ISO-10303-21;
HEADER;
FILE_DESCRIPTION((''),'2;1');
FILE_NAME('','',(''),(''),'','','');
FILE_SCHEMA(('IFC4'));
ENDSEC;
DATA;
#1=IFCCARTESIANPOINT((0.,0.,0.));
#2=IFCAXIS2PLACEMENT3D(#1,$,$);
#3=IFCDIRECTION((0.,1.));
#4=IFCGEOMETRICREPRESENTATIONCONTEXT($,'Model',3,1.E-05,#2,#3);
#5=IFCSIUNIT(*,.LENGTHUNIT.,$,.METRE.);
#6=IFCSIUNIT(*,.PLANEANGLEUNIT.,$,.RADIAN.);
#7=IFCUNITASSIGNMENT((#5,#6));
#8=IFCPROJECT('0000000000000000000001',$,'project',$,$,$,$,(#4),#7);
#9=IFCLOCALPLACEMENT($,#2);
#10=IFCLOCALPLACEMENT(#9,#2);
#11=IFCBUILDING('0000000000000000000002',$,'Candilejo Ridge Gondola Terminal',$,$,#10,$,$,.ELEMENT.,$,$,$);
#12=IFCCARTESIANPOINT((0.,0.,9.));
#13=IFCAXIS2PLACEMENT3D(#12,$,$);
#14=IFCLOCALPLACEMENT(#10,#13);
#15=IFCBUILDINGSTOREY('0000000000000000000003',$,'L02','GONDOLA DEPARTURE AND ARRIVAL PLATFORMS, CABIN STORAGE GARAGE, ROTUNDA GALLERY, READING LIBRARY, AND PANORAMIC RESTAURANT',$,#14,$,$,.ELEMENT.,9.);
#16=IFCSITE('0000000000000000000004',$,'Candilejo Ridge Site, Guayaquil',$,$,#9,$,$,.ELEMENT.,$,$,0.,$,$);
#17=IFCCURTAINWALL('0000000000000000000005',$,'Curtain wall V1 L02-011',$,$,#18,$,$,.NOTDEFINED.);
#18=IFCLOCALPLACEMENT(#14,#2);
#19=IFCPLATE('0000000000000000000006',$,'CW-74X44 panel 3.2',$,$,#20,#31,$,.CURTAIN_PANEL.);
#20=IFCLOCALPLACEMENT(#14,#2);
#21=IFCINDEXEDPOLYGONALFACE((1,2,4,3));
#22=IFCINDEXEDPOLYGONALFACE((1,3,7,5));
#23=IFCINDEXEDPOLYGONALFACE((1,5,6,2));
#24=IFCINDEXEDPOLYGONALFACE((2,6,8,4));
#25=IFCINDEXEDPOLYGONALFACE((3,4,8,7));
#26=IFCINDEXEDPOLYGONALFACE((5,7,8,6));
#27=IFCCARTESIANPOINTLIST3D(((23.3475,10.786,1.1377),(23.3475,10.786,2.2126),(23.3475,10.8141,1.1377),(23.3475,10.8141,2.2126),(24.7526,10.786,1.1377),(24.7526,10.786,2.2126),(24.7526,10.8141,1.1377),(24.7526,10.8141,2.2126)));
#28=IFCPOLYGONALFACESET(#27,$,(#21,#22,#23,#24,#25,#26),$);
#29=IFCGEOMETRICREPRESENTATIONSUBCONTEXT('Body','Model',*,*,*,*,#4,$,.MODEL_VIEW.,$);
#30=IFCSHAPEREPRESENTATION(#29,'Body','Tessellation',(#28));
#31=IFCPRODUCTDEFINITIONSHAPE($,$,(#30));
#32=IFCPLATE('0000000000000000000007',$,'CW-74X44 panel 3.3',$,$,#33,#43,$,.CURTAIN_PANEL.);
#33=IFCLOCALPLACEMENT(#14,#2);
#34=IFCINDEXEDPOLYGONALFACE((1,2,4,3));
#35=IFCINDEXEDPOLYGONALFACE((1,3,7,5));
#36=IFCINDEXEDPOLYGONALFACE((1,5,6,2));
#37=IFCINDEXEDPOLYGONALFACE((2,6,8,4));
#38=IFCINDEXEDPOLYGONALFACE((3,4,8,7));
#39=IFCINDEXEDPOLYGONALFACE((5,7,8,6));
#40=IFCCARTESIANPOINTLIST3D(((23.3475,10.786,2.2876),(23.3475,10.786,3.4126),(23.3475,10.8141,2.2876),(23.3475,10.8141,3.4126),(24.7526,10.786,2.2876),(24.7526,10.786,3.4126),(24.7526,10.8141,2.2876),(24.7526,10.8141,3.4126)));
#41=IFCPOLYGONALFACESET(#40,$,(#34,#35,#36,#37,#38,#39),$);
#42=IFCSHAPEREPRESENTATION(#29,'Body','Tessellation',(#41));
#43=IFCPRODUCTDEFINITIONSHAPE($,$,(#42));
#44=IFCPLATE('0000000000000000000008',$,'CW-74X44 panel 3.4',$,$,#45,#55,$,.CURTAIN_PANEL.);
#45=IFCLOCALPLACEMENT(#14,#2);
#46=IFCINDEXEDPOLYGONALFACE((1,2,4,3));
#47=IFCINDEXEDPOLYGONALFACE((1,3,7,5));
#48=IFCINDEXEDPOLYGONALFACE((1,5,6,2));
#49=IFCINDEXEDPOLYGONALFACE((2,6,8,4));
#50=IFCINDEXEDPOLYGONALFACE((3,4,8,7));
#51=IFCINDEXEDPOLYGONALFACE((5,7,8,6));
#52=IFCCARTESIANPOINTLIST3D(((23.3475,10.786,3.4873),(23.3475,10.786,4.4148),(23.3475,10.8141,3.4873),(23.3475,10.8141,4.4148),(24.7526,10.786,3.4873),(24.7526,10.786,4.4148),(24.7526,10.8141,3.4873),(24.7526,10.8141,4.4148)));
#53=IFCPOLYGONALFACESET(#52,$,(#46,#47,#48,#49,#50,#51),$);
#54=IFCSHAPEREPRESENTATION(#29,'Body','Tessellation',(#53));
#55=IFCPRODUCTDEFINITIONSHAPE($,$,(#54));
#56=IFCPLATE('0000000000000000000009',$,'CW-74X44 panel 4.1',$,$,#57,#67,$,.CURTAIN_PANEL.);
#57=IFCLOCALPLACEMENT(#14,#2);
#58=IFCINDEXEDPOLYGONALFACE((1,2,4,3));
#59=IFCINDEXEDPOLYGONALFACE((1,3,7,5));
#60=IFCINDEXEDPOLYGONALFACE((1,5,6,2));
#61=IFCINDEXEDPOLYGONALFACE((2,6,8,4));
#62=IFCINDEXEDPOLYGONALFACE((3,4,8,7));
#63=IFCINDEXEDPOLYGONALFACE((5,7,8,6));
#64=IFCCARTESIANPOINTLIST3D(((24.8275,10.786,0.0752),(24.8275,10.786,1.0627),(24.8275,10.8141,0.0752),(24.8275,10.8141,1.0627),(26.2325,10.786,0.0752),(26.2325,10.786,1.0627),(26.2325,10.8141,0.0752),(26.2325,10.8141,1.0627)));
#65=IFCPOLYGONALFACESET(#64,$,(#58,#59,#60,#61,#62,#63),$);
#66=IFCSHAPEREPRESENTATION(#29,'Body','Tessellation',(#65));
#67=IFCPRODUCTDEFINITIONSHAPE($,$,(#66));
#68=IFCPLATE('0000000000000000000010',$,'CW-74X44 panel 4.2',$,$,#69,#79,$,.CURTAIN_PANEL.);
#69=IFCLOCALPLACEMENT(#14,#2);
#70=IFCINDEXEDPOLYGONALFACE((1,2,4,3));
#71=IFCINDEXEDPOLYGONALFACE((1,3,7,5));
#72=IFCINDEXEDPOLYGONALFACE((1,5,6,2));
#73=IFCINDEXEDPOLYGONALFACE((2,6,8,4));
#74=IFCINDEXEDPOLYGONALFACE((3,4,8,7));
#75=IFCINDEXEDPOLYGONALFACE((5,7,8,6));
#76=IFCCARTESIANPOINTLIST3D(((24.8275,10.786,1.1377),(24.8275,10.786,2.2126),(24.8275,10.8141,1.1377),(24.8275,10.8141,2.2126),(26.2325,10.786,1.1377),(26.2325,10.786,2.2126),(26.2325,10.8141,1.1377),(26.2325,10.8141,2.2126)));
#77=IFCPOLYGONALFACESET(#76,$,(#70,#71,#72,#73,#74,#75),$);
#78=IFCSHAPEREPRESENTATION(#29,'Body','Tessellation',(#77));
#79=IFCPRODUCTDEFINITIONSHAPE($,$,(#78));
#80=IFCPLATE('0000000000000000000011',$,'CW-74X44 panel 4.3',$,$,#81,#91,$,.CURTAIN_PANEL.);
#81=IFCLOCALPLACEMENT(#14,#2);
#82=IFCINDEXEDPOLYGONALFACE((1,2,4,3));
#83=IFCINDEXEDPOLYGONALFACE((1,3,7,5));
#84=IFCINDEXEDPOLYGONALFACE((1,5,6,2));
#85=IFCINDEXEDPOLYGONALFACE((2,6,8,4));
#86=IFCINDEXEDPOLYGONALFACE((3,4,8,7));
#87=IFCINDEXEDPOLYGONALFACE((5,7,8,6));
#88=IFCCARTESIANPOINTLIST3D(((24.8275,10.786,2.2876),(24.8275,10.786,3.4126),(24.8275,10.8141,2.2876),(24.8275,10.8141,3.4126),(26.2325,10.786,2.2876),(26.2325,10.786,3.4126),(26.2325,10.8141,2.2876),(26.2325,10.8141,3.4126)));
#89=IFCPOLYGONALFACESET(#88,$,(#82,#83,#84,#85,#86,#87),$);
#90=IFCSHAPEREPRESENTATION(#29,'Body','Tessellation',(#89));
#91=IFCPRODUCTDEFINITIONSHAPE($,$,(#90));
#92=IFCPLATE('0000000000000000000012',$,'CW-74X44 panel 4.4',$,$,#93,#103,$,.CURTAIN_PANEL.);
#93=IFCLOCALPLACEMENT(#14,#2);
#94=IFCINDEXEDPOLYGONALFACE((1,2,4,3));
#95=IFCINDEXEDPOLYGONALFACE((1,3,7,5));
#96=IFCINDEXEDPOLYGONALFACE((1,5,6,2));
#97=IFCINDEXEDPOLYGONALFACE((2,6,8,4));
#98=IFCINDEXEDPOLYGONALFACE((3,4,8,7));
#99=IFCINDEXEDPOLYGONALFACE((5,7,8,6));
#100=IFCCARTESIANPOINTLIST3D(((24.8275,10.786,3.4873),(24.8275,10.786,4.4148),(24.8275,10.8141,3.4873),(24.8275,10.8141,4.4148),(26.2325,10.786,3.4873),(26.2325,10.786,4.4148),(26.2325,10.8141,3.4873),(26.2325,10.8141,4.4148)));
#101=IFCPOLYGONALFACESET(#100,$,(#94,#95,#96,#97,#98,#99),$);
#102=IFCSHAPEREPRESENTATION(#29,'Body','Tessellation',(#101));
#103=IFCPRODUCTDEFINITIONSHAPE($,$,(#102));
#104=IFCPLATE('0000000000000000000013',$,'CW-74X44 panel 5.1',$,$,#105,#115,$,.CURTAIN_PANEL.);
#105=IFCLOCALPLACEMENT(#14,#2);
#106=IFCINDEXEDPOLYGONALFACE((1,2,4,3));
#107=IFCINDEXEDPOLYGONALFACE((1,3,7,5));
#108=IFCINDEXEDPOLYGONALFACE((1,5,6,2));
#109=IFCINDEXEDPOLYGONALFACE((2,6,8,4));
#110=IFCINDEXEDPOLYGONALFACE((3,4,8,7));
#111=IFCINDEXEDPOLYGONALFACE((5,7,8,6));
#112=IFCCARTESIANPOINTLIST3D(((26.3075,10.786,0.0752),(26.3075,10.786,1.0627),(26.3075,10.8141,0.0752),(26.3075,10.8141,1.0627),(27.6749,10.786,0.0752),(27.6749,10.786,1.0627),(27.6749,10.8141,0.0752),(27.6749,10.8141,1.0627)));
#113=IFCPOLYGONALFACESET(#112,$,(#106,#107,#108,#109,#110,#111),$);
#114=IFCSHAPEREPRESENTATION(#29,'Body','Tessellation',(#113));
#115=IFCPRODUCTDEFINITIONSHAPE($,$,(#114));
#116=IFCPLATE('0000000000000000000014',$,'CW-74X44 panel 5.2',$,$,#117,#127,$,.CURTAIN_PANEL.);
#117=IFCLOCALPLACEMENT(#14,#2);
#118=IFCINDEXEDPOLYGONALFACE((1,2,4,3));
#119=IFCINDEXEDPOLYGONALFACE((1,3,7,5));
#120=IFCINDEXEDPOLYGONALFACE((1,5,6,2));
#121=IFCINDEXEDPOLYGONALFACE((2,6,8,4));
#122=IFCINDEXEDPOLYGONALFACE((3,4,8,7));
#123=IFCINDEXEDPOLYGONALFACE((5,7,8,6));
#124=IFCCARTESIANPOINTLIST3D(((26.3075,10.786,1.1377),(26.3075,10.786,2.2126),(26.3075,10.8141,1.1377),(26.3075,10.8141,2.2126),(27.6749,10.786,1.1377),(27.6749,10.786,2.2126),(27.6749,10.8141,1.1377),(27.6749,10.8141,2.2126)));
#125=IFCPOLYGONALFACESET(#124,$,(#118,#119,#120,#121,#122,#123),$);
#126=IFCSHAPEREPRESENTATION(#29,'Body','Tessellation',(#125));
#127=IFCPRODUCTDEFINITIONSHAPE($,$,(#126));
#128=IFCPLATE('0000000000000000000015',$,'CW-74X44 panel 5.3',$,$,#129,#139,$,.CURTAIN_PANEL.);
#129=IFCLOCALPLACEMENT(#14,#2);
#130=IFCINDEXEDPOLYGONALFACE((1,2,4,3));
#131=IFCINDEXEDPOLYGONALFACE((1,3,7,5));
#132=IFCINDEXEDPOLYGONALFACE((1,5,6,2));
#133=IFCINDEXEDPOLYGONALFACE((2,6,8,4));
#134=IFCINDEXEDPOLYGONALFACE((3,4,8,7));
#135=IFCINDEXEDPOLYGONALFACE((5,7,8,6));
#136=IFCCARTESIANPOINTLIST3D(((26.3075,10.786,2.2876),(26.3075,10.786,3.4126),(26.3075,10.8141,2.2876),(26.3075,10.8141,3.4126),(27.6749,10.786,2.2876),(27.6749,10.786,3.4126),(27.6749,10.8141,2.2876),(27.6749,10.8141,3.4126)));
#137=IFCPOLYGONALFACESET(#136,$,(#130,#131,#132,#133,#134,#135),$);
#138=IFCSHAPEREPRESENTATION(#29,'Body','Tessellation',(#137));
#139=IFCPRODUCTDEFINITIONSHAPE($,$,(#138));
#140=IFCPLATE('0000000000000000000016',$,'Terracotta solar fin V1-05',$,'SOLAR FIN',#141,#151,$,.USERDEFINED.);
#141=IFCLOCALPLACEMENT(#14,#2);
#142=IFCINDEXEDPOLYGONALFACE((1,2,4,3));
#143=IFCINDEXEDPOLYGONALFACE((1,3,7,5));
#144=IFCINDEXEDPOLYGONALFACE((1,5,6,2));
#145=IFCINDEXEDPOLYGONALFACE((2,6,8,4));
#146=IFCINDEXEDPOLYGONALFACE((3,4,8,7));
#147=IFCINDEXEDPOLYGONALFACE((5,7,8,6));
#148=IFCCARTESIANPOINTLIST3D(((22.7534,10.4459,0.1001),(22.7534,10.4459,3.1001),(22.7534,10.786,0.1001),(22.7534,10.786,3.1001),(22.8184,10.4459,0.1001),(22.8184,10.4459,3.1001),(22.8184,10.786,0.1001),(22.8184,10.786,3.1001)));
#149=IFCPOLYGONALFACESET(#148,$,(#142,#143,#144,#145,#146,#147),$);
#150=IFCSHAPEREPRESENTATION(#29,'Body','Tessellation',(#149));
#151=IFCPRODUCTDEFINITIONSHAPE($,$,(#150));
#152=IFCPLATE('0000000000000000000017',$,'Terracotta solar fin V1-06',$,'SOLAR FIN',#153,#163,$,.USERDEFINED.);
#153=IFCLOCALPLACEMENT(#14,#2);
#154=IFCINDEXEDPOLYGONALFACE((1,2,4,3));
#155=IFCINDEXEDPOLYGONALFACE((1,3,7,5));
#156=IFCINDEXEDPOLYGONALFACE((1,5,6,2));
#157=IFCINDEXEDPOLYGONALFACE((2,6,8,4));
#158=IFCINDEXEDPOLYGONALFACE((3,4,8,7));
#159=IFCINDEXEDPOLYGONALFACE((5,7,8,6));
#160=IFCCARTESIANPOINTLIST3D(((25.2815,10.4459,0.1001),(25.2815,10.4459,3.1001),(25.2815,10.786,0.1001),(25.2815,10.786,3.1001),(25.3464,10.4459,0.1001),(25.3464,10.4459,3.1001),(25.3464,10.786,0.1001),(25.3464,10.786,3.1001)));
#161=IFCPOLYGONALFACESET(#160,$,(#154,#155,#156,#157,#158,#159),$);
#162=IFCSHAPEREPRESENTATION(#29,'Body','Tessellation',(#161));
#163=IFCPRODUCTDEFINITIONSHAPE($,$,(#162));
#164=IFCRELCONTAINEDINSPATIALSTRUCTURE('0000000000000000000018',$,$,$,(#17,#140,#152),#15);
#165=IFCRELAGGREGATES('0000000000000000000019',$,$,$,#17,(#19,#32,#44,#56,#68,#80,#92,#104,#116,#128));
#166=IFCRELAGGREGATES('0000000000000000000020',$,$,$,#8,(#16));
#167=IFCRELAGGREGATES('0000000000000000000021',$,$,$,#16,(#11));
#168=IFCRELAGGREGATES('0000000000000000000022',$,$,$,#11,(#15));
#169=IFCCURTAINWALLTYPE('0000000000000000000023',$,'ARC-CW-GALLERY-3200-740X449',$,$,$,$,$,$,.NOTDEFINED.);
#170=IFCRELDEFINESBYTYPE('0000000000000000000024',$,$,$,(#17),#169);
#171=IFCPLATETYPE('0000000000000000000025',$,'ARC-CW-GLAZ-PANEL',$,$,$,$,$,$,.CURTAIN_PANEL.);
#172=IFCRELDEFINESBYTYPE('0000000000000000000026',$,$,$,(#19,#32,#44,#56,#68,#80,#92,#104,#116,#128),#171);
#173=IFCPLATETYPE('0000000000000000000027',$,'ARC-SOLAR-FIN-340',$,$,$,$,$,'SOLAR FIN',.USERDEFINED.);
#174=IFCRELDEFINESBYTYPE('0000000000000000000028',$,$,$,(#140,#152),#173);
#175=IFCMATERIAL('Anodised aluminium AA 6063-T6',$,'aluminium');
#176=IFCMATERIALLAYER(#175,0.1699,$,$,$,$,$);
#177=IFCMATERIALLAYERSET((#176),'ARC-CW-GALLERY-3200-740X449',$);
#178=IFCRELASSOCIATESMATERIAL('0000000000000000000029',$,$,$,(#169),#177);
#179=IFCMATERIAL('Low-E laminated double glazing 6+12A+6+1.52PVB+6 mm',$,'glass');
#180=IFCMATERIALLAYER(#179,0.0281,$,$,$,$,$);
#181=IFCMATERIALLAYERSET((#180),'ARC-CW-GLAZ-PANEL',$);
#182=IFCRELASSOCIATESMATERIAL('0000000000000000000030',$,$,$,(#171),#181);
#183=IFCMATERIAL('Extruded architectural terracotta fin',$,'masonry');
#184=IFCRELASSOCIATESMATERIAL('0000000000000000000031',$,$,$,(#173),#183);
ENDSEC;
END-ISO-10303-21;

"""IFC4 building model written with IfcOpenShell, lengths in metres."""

from ifc_helpers import new_model, si_unit, direction, frame, origin, origin_2d, place, context, subcontext, project, spatial, rectangle, extrude, material, layer, layer_set, type_object, element, aggregate, save


model = new_model("IFC4")

# Units and contexts
model_context = context("Model", 3, precision=1e-05, world=origin(), true_north=direction((0.0, 1.0)))
body_context = subcontext(model_context, "Body", "Model", "MODEL_VIEW")
ifc_project = project(units=[si_unit("LENGTHUNIT", "METRE"), si_unit("PLANEANGLEUNIT", "RADIAN")], contexts=[model_context])

# Site, building, storey
site_placement = place(None, origin())
site = spatial("IfcSite", under=ifc_project, at=site_placement, Name="Candilejo Ridge Site, Guayaquil", CompositionType="ELEMENT", RefElevation=0.0)
building_placement = place(site_placement, origin())
building = spatial("IfcBuilding", under=site, at=building_placement, Name="Candilejo Ridge Gondola Terminal", CompositionType="ELEMENT")
storey_placement = place(building_placement, frame((0.0, 0.0, 9.0)))
storey = spatial("IfcBuildingStorey", under=building, at=storey_placement, Name="L02", Description="GONDOLA DEPARTURE AND ARRIVAL PLATFORMS, CABIN STORAGE GARAGE, ROTUNDA GALLERY, READING LIBRARY, AND PANORAMIC RESTAURANT", CompositionType="ELEMENT", Elevation=9.0)

# Curtain wall, plates
ifc_material_1 = material(Name="Anodised aluminium AA 6063-T6", Category="aluminium")
ifc_layer_1 = layer(ifc_material_1, 0.1699)
ifc_layer_set_1 = layer_set([ifc_layer_1], Name="ARC-CW-GALLERY-3200-740X449")
curtain_wall_type = type_object("IfcCurtainWallType", Name="ARC-CW-GALLERY-3200-740X449", PredefinedType="NOTDEFINED", material=ifc_layer_set_1)
curtain_wall_placement = place(storey_placement, origin())
curtain_wall = element("IfcCurtainWall", 1, at=curtain_wall_placement, inside=storey, type_object=curtain_wall_type, Name="Curtain wall V1 L02-011", PredefinedType="NOTDEFINED")
ifc_material_2 = material(Name="Low-E laminated double glazing 6+12A+6+1.52PVB+6 mm", Category="glass")
ifc_layer_2 = layer(ifc_material_2, 0.0281)
ifc_layer_set_2 = layer_set([ifc_layer_2], Name="ARC-CW-GLAZ-PANEL")
plate_type_1 = type_object("IfcPlateType", Name="ARC-CW-GLAZ-PANEL", PredefinedType="CURTAIN_PANEL", material=ifc_layer_set_2)
plate_1_placement = place(storey_placement, frame((24.05, 10.8, 1.1377), z_axis=(0.0, 0.0, 1.0), x_axis=(1.0, 0.0, 0.0)))
plate_1 = element("IfcPlate", 2, at=plate_1_placement, type_object=plate_type_1, Name="CW-74X44 panel 3.2", PredefinedType="CURTAIN_PANEL", context=body_context, shape_type="SweptSolid", body=[
    extrude(rectangle(XDim=1.405, YDim=0.0281, at=origin_2d()), origin(), (0.0, 0.0, 1.0), 1.075),
])
plate_2_placement = place(storey_placement, frame((24.05, 10.8, 2.2876), z_axis=(0.0, 0.0, 1.0), x_axis=(1.0, 0.0, 0.0)))
plate_2 = element("IfcPlate", 3, at=plate_2_placement, type_object=plate_type_1, Name="CW-74X44 panel 3.3", PredefinedType="CURTAIN_PANEL", context=body_context, shape_type="SweptSolid", body=[
    extrude(rectangle(XDim=1.405, YDim=0.0281, at=origin_2d()), origin(), (0.0, 0.0, 1.0), 1.125),
])
plate_3_placement = place(storey_placement, frame((24.05, 10.8, 3.4873), z_axis=(0.0, 0.0, 1.0), x_axis=(1.0, 0.0, 0.0)))
plate_3 = element("IfcPlate", 4, at=plate_3_placement, type_object=plate_type_1, Name="CW-74X44 panel 3.4", PredefinedType="CURTAIN_PANEL", context=body_context, shape_type="SweptSolid", body=[
    extrude(rectangle(XDim=1.405, YDim=0.0281, at=origin_2d()), origin(), (0.0, 0.0, 1.0), 0.9275),
])
plate_4_placement = place(storey_placement, frame((25.53, 10.8, 0.0752), z_axis=(0.0, 0.0, 1.0), x_axis=(1.0, 0.0, 0.0)))
plate_4 = element("IfcPlate", 5, at=plate_4_placement, type_object=plate_type_1, Name="CW-74X44 panel 4.1", PredefinedType="CURTAIN_PANEL", context=body_context, shape_type="SweptSolid", body=[
    extrude(rectangle(XDim=1.405, YDim=0.0281, at=origin_2d()), origin(), (0.0, 0.0, 1.0), 0.9875),
])
plate_5_placement = place(storey_placement, frame((25.53, 10.8, 1.1377), z_axis=(0.0, 0.0, 1.0), x_axis=(1.0, 0.0, 0.0)))
plate_5 = element("IfcPlate", 6, at=plate_5_placement, type_object=plate_type_1, Name="CW-74X44 panel 4.2", PredefinedType="CURTAIN_PANEL", context=body_context, shape_type="SweptSolid", body=[
    extrude(rectangle(XDim=1.405, YDim=0.0281, at=origin_2d()), origin(), (0.0, 0.0, 1.0), 1.075),
])
plate_6_placement = place(storey_placement, frame((25.53, 10.8, 2.2876), z_axis=(0.0, 0.0, 1.0), x_axis=(1.0, 0.0, 0.0)))
plate_6 = element("IfcPlate", 7, at=plate_6_placement, type_object=plate_type_1, Name="CW-74X44 panel 4.3", PredefinedType="CURTAIN_PANEL", context=body_context, shape_type="SweptSolid", body=[
    extrude(rectangle(XDim=1.405, YDim=0.0281, at=origin_2d()), origin(), (0.0, 0.0, 1.0), 1.125),
])
plate_7_placement = place(storey_placement, frame((25.53, 10.8, 3.4873), z_axis=(0.0, 0.0, 1.0), x_axis=(1.0, 0.0, 0.0)))
plate_7 = element("IfcPlate", 8, at=plate_7_placement, type_object=plate_type_1, Name="CW-74X44 panel 4.4", PredefinedType="CURTAIN_PANEL", context=body_context, shape_type="SweptSolid", body=[
    extrude(rectangle(XDim=1.405, YDim=0.0281, at=origin_2d()), origin(), (0.0, 0.0, 1.0), 0.9275),
])
plate_8_placement = place(storey_placement, frame((26.9912, 10.8, 0.0752), z_axis=(0.0, 0.0, 1.0), x_axis=(1.0, 0.0, 0.0)))
plate_8 = element("IfcPlate", 9, at=plate_8_placement, type_object=plate_type_1, Name="CW-74X44 panel 5.1", PredefinedType="CURTAIN_PANEL", context=body_context, shape_type="SweptSolid", body=[
    extrude(rectangle(XDim=1.3674, YDim=0.0281, at=origin_2d()), origin(), (0.0, 0.0, 1.0), 0.9875),
])
plate_9_placement = place(storey_placement, frame((26.9912, 10.8, 1.1377), z_axis=(0.0, 0.0, 1.0), x_axis=(1.0, 0.0, 0.0)))
plate_9 = element("IfcPlate", 10, at=plate_9_placement, type_object=plate_type_1, Name="CW-74X44 panel 5.2", PredefinedType="CURTAIN_PANEL", context=body_context, shape_type="SweptSolid", body=[
    extrude(rectangle(XDim=1.3674, YDim=0.0281, at=origin_2d()), origin(), (0.0, 0.0, 1.0), 1.075),
])
plate_10_placement = place(storey_placement, frame((26.9912, 10.8, 2.2876), z_axis=(0.0, 0.0, 1.0), x_axis=(1.0, 0.0, 0.0)))
plate_10 = element("IfcPlate", 11, at=plate_10_placement, type_object=plate_type_1, Name="CW-74X44 panel 5.3", PredefinedType="CURTAIN_PANEL", context=body_context, shape_type="SweptSolid", body=[
    extrude(rectangle(XDim=1.3674, YDim=0.0281, at=origin_2d()), origin(), (0.0, 0.0, 1.0), 1.125),
])
aggregate(curtain_wall, [plate_1, plate_2, plate_3, plate_4, plate_5, plate_6, plate_7, plate_8, plate_9, plate_10])

# Plates
ifc_material_3 = material(Name="Extruded architectural terracotta fin", Category="masonry")
plate_type_2 = type_object("IfcPlateType", Name="ARC-SOLAR-FIN-340", ElementType="SOLAR FIN", PredefinedType="USERDEFINED", material=ifc_material_3)
for number, where, z_axis, x_axis, name in (
    (12, (22.7859, 10.616, 0.1001), (0.0, 0.0, 1.0), (1.0, 0.0, 0.0), "Terracotta solar fin V1-05"),
    (13, (25.314, 10.616, 0.1001), (0.0, 0.0, 1.0), (1.0, 0.0, 0.0), "Terracotta solar fin V1-06"),
):
    element("IfcPlate", number, at=place(storey_placement, frame(where, z_axis=z_axis, x_axis=x_axis)), inside=storey, type_object=plate_type_2, Name=name, ObjectType="SOLAR FIN", PredefinedType="USERDEFINED", context=body_context, shape_type="SweptSolid", body=[
        extrude(rectangle(XDim=0.0649, YDim=0.3401, at=origin_2d()), origin(), (0.0, 0.0, 1.0), 3.0),
    ])

save(model, "model.ifc")
